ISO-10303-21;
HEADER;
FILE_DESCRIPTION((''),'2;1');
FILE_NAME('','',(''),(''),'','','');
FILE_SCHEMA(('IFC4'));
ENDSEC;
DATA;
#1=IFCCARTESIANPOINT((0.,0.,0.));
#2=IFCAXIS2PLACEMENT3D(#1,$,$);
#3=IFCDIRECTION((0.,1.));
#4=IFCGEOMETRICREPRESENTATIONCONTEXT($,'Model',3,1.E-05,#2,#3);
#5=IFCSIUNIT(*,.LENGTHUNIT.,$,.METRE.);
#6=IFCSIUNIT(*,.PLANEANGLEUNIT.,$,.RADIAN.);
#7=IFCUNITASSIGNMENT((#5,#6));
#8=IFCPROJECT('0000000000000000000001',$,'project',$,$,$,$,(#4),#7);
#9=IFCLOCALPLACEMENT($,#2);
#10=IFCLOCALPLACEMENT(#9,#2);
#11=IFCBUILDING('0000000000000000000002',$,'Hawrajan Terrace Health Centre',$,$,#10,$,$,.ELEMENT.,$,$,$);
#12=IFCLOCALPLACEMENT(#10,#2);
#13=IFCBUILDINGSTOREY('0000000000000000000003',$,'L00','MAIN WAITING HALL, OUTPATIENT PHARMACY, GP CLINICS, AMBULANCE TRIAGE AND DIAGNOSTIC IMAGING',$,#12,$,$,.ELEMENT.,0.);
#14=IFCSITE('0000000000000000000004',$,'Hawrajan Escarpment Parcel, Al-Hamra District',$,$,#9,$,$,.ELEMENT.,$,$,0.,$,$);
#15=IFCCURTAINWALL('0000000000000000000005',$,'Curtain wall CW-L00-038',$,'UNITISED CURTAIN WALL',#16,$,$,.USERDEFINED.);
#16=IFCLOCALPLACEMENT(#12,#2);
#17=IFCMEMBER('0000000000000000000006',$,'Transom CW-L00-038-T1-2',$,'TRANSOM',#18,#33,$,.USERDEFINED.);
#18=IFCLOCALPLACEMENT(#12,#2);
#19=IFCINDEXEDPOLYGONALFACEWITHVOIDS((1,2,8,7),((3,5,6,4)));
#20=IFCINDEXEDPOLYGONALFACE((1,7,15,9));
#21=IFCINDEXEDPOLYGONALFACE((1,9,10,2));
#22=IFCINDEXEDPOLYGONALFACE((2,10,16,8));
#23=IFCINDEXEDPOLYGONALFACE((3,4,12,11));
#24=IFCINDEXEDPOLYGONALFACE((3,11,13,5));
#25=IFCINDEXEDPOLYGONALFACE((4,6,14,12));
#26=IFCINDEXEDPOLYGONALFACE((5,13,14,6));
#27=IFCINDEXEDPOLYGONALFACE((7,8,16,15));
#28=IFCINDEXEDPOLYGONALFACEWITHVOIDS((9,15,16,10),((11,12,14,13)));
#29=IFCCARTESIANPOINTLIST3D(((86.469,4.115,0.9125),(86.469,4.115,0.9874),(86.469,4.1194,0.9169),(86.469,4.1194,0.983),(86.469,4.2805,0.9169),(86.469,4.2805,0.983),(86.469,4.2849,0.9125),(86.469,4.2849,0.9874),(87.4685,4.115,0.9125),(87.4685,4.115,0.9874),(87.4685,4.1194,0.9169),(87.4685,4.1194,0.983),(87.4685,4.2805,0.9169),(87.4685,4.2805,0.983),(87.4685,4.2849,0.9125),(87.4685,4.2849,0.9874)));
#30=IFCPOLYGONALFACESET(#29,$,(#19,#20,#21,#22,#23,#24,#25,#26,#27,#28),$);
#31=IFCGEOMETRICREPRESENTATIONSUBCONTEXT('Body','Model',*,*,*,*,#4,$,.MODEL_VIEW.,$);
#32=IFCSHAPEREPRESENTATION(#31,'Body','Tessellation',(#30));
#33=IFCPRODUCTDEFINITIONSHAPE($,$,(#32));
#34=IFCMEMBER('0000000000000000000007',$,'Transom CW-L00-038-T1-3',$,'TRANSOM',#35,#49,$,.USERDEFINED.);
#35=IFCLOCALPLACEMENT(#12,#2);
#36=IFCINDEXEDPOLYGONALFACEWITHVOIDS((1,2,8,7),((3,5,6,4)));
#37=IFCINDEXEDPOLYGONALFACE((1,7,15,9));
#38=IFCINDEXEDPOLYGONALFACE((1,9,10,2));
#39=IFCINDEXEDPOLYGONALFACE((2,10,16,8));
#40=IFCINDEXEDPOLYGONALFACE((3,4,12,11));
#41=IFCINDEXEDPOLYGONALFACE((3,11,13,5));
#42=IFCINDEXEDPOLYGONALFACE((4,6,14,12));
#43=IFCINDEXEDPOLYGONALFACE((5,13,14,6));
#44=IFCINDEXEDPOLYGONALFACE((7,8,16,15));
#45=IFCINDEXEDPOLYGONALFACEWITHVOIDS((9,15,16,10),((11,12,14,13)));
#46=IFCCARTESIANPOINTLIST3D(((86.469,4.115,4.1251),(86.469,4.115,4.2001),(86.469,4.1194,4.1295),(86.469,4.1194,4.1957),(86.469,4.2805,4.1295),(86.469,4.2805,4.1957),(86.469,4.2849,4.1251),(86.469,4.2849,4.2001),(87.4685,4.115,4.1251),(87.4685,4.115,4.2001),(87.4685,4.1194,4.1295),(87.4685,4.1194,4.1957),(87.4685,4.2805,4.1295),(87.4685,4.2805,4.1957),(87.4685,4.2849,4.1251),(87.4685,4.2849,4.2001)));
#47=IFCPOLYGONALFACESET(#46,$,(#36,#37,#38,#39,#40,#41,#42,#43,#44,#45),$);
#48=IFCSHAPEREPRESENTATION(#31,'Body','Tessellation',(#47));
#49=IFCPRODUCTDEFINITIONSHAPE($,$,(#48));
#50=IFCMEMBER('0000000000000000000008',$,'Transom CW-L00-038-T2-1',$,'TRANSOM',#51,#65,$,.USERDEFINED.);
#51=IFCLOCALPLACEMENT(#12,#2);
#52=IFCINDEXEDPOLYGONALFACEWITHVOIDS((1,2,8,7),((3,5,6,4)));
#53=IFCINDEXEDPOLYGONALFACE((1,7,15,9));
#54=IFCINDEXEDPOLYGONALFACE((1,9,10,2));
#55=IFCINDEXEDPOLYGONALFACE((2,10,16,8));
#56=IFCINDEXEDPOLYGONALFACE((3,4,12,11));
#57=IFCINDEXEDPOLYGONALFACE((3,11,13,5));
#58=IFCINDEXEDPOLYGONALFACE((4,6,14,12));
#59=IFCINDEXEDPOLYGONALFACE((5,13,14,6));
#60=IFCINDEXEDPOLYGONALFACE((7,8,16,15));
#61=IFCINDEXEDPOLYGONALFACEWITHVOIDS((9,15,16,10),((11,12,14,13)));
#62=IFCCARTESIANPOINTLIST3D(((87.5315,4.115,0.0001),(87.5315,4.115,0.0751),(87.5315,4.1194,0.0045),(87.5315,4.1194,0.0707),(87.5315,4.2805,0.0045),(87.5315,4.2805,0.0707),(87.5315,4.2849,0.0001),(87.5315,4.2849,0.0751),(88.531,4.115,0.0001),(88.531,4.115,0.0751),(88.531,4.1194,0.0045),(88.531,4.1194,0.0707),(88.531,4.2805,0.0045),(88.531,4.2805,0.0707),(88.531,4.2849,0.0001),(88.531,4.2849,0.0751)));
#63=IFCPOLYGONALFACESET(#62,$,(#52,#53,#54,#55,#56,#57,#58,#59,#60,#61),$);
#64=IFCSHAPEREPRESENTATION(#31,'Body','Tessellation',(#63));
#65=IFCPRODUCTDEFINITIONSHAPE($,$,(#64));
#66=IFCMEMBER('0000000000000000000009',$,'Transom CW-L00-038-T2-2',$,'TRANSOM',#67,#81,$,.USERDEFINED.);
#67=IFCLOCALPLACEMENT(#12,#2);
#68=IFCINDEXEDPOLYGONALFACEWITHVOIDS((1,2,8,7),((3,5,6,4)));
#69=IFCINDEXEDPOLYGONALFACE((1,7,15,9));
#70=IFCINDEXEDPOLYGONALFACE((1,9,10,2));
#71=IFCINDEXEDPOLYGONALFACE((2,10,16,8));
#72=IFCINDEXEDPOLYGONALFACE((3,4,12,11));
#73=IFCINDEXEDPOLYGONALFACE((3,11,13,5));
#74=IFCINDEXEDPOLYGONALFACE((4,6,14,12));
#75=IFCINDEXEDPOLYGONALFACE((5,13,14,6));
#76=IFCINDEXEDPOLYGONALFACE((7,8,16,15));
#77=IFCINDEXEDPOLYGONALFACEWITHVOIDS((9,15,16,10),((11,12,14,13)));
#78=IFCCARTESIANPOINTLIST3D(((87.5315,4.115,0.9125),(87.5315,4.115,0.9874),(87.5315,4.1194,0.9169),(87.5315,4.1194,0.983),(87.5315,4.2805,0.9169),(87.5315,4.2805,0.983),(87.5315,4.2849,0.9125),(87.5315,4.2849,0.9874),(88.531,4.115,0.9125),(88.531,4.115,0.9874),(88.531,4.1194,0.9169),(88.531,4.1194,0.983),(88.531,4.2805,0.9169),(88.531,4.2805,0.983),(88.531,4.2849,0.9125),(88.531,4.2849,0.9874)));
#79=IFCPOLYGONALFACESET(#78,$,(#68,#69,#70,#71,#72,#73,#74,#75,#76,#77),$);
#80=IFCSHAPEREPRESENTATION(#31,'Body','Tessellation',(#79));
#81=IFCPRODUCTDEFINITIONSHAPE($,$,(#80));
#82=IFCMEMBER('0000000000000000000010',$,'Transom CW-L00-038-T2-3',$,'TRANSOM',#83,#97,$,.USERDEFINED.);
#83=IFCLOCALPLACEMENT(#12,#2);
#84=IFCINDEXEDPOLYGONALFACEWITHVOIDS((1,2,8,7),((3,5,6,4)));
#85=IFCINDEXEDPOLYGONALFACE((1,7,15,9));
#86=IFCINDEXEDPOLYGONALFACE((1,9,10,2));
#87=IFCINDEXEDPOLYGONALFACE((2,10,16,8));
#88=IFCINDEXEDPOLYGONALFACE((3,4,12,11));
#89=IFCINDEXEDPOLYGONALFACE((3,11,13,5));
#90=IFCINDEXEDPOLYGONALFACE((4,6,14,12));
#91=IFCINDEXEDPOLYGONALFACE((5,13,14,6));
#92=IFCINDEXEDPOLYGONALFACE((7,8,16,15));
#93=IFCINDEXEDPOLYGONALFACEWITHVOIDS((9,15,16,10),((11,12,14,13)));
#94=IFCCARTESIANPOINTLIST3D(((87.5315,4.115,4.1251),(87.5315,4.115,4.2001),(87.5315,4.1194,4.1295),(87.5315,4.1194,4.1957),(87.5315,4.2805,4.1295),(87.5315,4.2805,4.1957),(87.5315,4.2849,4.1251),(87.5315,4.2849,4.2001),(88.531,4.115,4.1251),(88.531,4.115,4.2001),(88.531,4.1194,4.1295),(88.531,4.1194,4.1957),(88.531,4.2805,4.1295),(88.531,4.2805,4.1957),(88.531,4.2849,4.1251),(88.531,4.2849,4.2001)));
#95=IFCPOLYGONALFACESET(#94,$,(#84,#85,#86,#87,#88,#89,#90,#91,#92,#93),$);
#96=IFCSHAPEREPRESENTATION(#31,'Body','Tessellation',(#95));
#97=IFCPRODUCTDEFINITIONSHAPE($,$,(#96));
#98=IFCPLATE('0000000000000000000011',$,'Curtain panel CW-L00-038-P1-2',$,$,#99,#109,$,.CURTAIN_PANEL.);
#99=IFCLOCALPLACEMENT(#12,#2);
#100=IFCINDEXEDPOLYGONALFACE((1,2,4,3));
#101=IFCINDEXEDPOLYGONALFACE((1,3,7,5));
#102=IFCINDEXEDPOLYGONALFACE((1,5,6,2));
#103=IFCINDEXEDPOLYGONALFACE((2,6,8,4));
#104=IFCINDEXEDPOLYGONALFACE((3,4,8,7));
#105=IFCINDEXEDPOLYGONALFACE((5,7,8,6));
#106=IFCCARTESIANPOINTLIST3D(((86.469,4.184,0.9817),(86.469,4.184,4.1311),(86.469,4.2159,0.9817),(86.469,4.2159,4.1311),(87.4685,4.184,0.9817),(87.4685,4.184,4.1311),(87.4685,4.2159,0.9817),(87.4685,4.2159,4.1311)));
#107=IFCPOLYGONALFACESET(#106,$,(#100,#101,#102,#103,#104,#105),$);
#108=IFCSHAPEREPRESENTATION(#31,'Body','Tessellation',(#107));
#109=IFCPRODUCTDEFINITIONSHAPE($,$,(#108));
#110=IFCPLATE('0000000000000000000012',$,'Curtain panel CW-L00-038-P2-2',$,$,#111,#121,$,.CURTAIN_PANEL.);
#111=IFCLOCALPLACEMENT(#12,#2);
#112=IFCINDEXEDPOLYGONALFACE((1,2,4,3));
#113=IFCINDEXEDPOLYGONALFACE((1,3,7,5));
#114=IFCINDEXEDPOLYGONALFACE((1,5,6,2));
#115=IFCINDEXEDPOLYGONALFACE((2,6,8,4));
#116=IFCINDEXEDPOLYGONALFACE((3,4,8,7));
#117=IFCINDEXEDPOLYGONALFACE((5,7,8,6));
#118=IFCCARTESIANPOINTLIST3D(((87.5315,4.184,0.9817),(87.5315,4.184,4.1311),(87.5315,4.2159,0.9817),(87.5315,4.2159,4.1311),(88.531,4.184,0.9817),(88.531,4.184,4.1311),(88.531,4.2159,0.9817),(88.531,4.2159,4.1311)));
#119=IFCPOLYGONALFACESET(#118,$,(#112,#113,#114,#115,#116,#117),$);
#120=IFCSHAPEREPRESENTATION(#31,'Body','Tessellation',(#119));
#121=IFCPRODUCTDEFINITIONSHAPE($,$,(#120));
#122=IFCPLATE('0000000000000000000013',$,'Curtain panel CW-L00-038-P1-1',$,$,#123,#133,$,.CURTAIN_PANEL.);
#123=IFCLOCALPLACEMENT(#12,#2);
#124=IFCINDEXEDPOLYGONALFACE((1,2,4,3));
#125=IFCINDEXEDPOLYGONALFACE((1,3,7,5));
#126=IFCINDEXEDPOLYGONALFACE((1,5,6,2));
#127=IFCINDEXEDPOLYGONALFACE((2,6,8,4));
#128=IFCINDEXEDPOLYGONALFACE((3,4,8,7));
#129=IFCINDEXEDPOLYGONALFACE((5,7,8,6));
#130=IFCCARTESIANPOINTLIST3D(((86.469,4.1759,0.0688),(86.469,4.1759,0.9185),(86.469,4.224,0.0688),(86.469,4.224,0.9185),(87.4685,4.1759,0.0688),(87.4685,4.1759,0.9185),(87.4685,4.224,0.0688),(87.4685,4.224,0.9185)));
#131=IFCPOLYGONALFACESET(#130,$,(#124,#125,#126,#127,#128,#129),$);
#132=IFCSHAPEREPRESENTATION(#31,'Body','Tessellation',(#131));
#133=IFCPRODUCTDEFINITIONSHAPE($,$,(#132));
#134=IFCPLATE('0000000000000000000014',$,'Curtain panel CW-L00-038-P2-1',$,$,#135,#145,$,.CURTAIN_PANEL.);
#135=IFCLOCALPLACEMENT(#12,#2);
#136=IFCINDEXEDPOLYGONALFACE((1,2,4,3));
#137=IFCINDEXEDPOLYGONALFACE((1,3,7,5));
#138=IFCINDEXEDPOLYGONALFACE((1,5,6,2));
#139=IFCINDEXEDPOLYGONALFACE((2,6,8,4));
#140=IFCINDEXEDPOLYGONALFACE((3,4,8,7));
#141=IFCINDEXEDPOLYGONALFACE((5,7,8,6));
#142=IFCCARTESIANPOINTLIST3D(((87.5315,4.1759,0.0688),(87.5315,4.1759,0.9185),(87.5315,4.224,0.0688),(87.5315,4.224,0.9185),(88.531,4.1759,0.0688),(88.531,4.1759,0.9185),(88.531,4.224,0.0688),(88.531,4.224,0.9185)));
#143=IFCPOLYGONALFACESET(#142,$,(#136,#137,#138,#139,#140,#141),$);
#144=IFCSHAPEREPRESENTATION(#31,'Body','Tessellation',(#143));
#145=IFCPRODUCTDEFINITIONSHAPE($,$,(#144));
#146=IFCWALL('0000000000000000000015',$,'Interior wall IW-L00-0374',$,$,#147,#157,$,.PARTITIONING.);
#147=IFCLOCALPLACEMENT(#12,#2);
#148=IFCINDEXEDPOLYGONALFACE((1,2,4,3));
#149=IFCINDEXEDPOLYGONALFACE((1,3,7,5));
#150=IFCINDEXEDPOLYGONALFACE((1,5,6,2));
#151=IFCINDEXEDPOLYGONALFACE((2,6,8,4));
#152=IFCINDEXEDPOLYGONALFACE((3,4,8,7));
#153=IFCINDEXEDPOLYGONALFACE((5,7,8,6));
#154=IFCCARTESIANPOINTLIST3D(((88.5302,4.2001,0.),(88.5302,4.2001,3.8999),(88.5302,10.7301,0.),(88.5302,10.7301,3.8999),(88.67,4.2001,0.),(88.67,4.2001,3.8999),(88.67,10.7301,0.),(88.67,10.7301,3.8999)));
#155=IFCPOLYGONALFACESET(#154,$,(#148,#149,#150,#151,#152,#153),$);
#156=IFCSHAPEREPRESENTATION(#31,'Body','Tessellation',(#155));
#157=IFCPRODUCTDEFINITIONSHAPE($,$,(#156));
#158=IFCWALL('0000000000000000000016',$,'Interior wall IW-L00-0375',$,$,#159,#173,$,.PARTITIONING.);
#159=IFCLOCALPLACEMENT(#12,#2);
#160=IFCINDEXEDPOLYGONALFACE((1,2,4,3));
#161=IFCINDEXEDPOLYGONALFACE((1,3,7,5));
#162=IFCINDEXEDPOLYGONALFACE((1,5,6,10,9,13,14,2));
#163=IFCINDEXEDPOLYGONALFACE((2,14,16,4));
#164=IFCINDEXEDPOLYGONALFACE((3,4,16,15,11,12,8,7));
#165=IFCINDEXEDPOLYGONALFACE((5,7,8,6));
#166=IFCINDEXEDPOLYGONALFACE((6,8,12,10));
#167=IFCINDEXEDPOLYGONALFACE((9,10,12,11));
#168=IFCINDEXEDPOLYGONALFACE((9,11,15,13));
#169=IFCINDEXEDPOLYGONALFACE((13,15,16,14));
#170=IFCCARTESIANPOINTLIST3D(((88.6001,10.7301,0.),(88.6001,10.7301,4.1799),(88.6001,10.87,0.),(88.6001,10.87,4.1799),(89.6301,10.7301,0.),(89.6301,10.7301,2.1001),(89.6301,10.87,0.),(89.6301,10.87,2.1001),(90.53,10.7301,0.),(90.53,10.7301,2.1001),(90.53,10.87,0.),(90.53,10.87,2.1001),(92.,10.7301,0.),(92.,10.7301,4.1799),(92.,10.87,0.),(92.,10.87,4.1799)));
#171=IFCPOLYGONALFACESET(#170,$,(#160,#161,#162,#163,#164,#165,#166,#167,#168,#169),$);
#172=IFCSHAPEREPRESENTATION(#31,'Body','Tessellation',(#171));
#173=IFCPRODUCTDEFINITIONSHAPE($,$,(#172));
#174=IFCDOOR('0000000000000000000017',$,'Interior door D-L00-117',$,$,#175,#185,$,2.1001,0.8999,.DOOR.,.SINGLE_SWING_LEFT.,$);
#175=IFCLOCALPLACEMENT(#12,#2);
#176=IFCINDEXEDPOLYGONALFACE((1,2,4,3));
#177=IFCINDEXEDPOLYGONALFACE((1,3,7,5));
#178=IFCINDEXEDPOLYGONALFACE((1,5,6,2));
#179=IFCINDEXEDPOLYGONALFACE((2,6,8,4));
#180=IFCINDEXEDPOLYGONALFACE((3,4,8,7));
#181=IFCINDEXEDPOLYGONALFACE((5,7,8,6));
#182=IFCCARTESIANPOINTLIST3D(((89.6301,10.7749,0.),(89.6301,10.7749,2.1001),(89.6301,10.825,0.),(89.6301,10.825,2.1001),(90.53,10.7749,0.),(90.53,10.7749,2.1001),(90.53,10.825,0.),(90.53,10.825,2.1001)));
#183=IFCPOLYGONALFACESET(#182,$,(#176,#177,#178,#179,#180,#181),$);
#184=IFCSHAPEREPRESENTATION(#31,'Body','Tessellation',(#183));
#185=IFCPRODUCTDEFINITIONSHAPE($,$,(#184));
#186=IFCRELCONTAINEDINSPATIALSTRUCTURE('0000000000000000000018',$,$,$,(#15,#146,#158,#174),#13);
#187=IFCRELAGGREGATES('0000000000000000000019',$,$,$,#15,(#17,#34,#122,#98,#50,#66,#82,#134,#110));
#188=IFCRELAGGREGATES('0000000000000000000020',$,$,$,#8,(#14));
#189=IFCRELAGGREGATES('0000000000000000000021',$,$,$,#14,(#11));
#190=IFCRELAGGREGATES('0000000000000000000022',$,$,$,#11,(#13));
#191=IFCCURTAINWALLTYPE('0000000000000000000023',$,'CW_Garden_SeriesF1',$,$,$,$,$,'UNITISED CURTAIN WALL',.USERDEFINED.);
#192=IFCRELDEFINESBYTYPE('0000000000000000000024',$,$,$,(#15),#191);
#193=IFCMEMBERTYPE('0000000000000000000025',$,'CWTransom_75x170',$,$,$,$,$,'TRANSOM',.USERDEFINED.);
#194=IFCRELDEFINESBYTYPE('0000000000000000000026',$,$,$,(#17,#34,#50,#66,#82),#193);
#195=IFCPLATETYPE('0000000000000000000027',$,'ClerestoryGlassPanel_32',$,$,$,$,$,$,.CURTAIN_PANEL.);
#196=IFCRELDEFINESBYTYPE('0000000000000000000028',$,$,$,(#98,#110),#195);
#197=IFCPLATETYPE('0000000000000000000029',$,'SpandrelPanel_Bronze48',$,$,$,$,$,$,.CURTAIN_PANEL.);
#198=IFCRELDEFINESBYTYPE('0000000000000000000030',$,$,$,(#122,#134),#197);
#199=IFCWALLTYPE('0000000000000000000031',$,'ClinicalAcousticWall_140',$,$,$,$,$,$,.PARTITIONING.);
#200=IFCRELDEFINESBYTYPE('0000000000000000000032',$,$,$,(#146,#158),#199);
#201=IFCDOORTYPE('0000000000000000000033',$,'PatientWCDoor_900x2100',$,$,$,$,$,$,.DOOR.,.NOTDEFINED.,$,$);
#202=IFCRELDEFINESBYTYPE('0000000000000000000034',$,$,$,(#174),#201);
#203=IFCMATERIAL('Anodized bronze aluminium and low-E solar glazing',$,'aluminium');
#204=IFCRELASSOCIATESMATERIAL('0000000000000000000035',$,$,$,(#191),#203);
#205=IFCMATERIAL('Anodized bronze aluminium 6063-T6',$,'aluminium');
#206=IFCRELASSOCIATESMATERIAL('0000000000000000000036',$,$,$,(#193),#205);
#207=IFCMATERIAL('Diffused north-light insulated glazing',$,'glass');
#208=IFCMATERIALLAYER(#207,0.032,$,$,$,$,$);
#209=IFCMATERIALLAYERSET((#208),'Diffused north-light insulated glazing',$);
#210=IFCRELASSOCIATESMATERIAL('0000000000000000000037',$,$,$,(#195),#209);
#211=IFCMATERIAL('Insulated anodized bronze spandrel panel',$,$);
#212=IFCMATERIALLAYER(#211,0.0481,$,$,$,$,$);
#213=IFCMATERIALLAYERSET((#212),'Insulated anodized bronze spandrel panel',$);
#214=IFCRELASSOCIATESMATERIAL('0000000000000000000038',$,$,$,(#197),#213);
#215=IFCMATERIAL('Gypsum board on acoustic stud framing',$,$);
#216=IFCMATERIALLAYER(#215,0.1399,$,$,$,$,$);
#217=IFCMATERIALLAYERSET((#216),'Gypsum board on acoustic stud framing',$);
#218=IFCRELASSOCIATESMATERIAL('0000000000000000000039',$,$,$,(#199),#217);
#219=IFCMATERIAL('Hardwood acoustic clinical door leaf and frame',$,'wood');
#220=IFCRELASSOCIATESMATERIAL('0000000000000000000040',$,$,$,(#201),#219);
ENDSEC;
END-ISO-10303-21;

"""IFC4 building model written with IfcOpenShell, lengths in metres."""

from ifc_helpers import new_model, si_unit, direction, frame, frame_2d, origin, origin_2d, place, context, subcontext, project, spatial, rectangle, hollow_rectangle, extrude, material, layer, layer_set, material_profile, profile_set, type_object, element, fill, aggregate, save


model = new_model("IFC4")

# Units and contexts
model_context = context("Model", 3, precision=1e-05, world=origin(), true_north=direction((0.0, 1.0)))
body_context = subcontext(model_context, "Body", "Model", "MODEL_VIEW")
ifc_project = project(units=[si_unit("LENGTHUNIT", "METRE"), si_unit("PLANEANGLEUNIT", "RADIAN")], contexts=[model_context])

# Site, building, storey
site_placement = place(None, origin())
site = spatial("IfcSite", under=ifc_project, at=site_placement, Name="Hawrajan Escarpment Parcel, Al-Hamra District", CompositionType="ELEMENT", RefElevation=0.0)
building_placement = place(site_placement, origin())
building = spatial("IfcBuilding", under=site, at=building_placement, Name="Hawrajan Terrace Health Centre", CompositionType="ELEMENT")
storey_placement = place(building_placement, origin())
storey = spatial("IfcBuildingStorey", under=building, at=storey_placement, Name="L00", Description="MAIN WAITING HALL, OUTPATIENT PHARMACY, GP CLINICS, AMBULANCE TRIAGE AND DIAGNOSTIC IMAGING", CompositionType="ELEMENT", Elevation=0.0)

# Curtain wall, members, plates
ifc_material_1 = material(Name="Anodized bronze aluminium and low-E solar glazing", Category="aluminium")
curtain_wall_type = type_object("IfcCurtainWallType", Name="CW_Garden_SeriesF1", ElementType="UNITISED CURTAIN WALL", PredefinedType="USERDEFINED", material=ifc_material_1)
curtain_wall_placement = place(storey_placement, origin())
curtain_wall = element("IfcCurtainWall", 1, at=curtain_wall_placement, inside=storey, type_object=curtain_wall_type, Name="Curtain wall CW-L00-038", ObjectType="UNITISED CURTAIN WALL", PredefinedType="USERDEFINED")
ifc_material_2 = material(Name="Anodized bronze aluminium 6063-T6", Category="aluminium")
ifc_material_profile_1 = material_profile(ifc_material_2, hollow_rectangle(XDim=0.075, YDim=0.1699, WallThickness=0.0044, at=origin_2d()), Name="CW TRN 75x170")
ifc_profile_set_1 = profile_set([ifc_material_profile_1], Name="Anodized bronze aluminium 6063-T6")
member_type_1 = type_object("IfcMemberType", Name="CWTransom_75x170", ElementType="TRANSOM", PredefinedType="USERDEFINED", material=ifc_profile_set_1)
member_1_placement = place(storey_placement, frame((86.469, 4.2, 0.95), z_axis=(1.0, 0.0, 0.0), x_axis=(0.0, 0.0, 1.0)))
member_1 = element("IfcMember", 2, at=member_1_placement, type_object=member_type_1, Name="Transom CW-L00-038-T1-2", ObjectType="TRANSOM", PredefinedType="USERDEFINED", context=body_context, shape_type="SweptSolid", body=[
    extrude(hollow_rectangle(XDim=0.075, YDim=0.1699, WallThickness=0.0044, at=origin_2d()), origin(), (0.0, 0.0, 1.0), 0.9995),
])
member_2_placement = place(storey_placement, frame((86.469, 4.2, 4.1626), z_axis=(1.0, 0.0, 0.0), x_axis=(0.0, 0.0, 1.0)))
member_2 = element("IfcMember", 3, at=member_2_placement, type_object=member_type_1, Name="Transom CW-L00-038-T1-3", ObjectType="TRANSOM", PredefinedType="USERDEFINED", context=body_context, shape_type="SweptSolid", body=[
    extrude(hollow_rectangle(XDim=0.075, YDim=0.1699, WallThickness=0.0044, at=origin_2d()), origin(), (0.0, 0.0, 1.0), 0.9995),
])
member_3_placement = place(storey_placement, frame((87.5315, 4.2, 0.0376), z_axis=(1.0, 0.0, 0.0), x_axis=(0.0, 0.0, 1.0)))
member_3 = element("IfcMember", 4, at=member_3_placement, type_object=member_type_1, Name="Transom CW-L00-038-T2-1", ObjectType="TRANSOM", PredefinedType="USERDEFINED", context=body_context, shape_type="SweptSolid", body=[
    extrude(hollow_rectangle(XDim=0.075, YDim=0.1699, WallThickness=0.0044, at=origin_2d()), origin(), (0.0, 0.0, 1.0), 0.9995),
])
member_4_placement = place(storey_placement, frame((87.5315, 4.2, 0.95), z_axis=(1.0, 0.0, 0.0), x_axis=(0.0, 0.0, 1.0)))
member_4 = element("IfcMember", 5, at=member_4_placement, type_object=member_type_1, Name="Transom CW-L00-038-T2-2", ObjectType="TRANSOM", PredefinedType="USERDEFINED", context=body_context, shape_type="SweptSolid", body=[
    extrude(hollow_rectangle(XDim=0.075, YDim=0.1699, WallThickness=0.0044, at=origin_2d()), origin(), (0.0, 0.0, 1.0), 0.9995),
])
member_5_placement = place(storey_placement, frame((87.5315, 4.2, 4.1626), z_axis=(1.0, 0.0, 0.0), x_axis=(0.0, 0.0, 1.0)))
member_5 = element("IfcMember", 6, at=member_5_placement, type_object=member_type_1, Name="Transom CW-L00-038-T2-3", ObjectType="TRANSOM", PredefinedType="USERDEFINED", context=body_context, shape_type="SweptSolid", body=[
    extrude(hollow_rectangle(XDim=0.075, YDim=0.1699, WallThickness=0.0044, at=origin_2d()), origin(), (0.0, 0.0, 1.0), 0.9995),
])
ifc_material_3 = material(Name="Diffused north-light insulated glazing", Category="glass")
ifc_layer_1 = layer(ifc_material_3, 0.032)
ifc_layer_set_1 = layer_set([ifc_layer_1], Name="Diffused north-light insulated glazing")
plate_type_1 = type_object("IfcPlateType", Name="ClerestoryGlassPanel_32", PredefinedType="CURTAIN_PANEL", material=ifc_layer_set_1)
plate_1_placement = place(storey_placement, frame((86.9688, 4.2, 0.9817), z_axis=(0.0, 0.0, 1.0), x_axis=(1.0, 0.0, 0.0)))
plate_1 = element("IfcPlate", 7, at=plate_1_placement, type_object=plate_type_1, Name="Curtain panel CW-L00-038-P1-2", PredefinedType="CURTAIN_PANEL", context=body_context, shape_type="SweptSolid", body=[
    extrude(rectangle(XDim=0.9995, YDim=0.032, at=origin_2d()), origin(), (0.0, 0.0, 1.0), 3.1494),
])
plate_2_placement = place(storey_placement, frame((88.0312, 4.2, 0.9817), z_axis=(0.0, 0.0, 1.0), x_axis=(1.0, 0.0, 0.0)))
plate_2 = element("IfcPlate", 8, at=plate_2_placement, type_object=plate_type_1, Name="Curtain panel CW-L00-038-P2-2", PredefinedType="CURTAIN_PANEL", context=body_context, shape_type="SweptSolid", body=[
    extrude(rectangle(XDim=0.9995, YDim=0.032, at=origin_2d()), origin(), (0.0, 0.0, 1.0), 3.1494),
])
ifc_material_4 = material(Name="Insulated anodized bronze spandrel panel")
ifc_layer_2 = layer(ifc_material_4, 0.0481)
ifc_layer_set_2 = layer_set([ifc_layer_2], Name="Insulated anodized bronze spandrel panel")
plate_type_2 = type_object("IfcPlateType", Name="SpandrelPanel_Bronze48", PredefinedType="CURTAIN_PANEL", material=ifc_layer_set_2)
plate_3_placement = place(storey_placement, frame((86.9688, 4.2, 0.0688), z_axis=(0.0, 0.0, 1.0), x_axis=(1.0, 0.0, 0.0)))
plate_3 = element("IfcPlate", 9, at=plate_3_placement, type_object=plate_type_2, Name="Curtain panel CW-L00-038-P1-1", PredefinedType="CURTAIN_PANEL", context=body_context, shape_type="SweptSolid", body=[
    extrude(rectangle(XDim=0.9995, YDim=0.0481, at=origin_2d()), origin(), (0.0, 0.0, 1.0), 0.8496),
])
plate_4_placement = place(storey_placement, frame((88.0312, 4.2, 0.0688), z_axis=(0.0, 0.0, 1.0), x_axis=(1.0, 0.0, 0.0)))
plate_4 = element("IfcPlate", 10, at=plate_4_placement, type_object=plate_type_2, Name="Curtain panel CW-L00-038-P2-1", PredefinedType="CURTAIN_PANEL", context=body_context, shape_type="SweptSolid", body=[
    extrude(rectangle(XDim=0.9995, YDim=0.0481, at=origin_2d()), origin(), (0.0, 0.0, 1.0), 0.8496),
])
aggregate(curtain_wall, [member_1, member_2, plate_3, plate_1, member_3, member_4, member_5, plate_4, plate_2])

# Wall
ifc_material_5 = material(Name="Gypsum board on acoustic stud framing")
ifc_layer_3 = layer(ifc_material_5, 0.1399)
ifc_layer_set_3 = layer_set([ifc_layer_3], Name="Gypsum board on acoustic stud framing")
wall_type_1 = type_object("IfcWallType", Name="ClinicalAcousticWall_140", PredefinedType="PARTITIONING", material=ifc_layer_set_3)
wall_1_placement = place(storey_placement, frame((88.6001, 4.2, 0.0), z_axis=(0.0, 0.0, 1.0), x_axis=(0.0, 1.0, 0.0)))
element("IfcWall", 11, at=wall_1_placement, inside=storey, type_object=wall_type_1, Name="Interior wall IW-L00-0374", PredefinedType="PARTITIONING", context=body_context, shape_type="SweptSolid", body=[
    extrude(rectangle(XDim=6.53, YDim=0.1399, at=frame_2d((3.2651, 0.0))), origin(), (0.0, 0.0, 1.0), 3.8999),
])

# Wall, opening, door
wall_2_placement = place(storey_placement, frame((88.6001, 10.8, 0.0), z_axis=(0.0, 0.0, 1.0), x_axis=(1.0, 0.0, 0.0)))
wall_2 = element("IfcWall", 12, at=wall_2_placement, inside=storey, type_object=wall_type_1, Name="Interior wall IW-L00-0375", PredefinedType="PARTITIONING", context=body_context, shape_type="SweptSolid", body=[
    extrude(rectangle(XDim=3.3999, YDim=0.1399, at=frame_2d((1.7, 0.0))), origin(), (0.0, 0.0, 1.0), 4.1799),
])
opening_1_placement = place(wall_2_placement, frame((1.03, 0.0, 0.0)))
opening_1 = element("IfcOpeningElement", 13, at=opening_1_placement, cuts=wall_2, PredefinedType="OPENING", context=body_context, shape_type="SweptSolid", body=[
    extrude(rectangle(XDim=0.8999, YDim=2.1001, at=frame_2d((0.45, 1.05))), frame((0.0, 0.0798, 0.0), z_axis=(0.0, -1.0, 0.0), x_axis=(1.0, 0.0, 0.0)), (0.0, 0.0, 1.0), 0.1599),
])
ifc_material_6 = material(Name="Hardwood acoustic clinical door leaf and frame", Category="wood")
door_type_1 = type_object("IfcDoorType", Name="PatientWCDoor_900x2100", OperationType="NOTDEFINED", PredefinedType="DOOR", material=ifc_material_6)
door_1_placement = place(opening_1_placement, origin())
door_1 = element("IfcDoor", 14, at=door_1_placement, inside=storey, type_object=door_type_1, Name="Interior door D-L00-117", OperationType="SINGLE_SWING_LEFT", OverallHeight=2.1001, OverallWidth=0.8999, PredefinedType="DOOR", context=body_context, shape_type="SweptSolid", body=[
    extrude(rectangle(XDim=0.8999, YDim=2.1001, at=frame_2d((0.45, 1.05))), frame((0.0, 0.0249, 0.0), z_axis=(0.0, -1.0, 0.0), x_axis=(1.0, 0.0, 0.0)), (0.0, 0.0, 1.0), 0.05),
])
fill(opening_1, door_1)

save(model, "model.ifc")
